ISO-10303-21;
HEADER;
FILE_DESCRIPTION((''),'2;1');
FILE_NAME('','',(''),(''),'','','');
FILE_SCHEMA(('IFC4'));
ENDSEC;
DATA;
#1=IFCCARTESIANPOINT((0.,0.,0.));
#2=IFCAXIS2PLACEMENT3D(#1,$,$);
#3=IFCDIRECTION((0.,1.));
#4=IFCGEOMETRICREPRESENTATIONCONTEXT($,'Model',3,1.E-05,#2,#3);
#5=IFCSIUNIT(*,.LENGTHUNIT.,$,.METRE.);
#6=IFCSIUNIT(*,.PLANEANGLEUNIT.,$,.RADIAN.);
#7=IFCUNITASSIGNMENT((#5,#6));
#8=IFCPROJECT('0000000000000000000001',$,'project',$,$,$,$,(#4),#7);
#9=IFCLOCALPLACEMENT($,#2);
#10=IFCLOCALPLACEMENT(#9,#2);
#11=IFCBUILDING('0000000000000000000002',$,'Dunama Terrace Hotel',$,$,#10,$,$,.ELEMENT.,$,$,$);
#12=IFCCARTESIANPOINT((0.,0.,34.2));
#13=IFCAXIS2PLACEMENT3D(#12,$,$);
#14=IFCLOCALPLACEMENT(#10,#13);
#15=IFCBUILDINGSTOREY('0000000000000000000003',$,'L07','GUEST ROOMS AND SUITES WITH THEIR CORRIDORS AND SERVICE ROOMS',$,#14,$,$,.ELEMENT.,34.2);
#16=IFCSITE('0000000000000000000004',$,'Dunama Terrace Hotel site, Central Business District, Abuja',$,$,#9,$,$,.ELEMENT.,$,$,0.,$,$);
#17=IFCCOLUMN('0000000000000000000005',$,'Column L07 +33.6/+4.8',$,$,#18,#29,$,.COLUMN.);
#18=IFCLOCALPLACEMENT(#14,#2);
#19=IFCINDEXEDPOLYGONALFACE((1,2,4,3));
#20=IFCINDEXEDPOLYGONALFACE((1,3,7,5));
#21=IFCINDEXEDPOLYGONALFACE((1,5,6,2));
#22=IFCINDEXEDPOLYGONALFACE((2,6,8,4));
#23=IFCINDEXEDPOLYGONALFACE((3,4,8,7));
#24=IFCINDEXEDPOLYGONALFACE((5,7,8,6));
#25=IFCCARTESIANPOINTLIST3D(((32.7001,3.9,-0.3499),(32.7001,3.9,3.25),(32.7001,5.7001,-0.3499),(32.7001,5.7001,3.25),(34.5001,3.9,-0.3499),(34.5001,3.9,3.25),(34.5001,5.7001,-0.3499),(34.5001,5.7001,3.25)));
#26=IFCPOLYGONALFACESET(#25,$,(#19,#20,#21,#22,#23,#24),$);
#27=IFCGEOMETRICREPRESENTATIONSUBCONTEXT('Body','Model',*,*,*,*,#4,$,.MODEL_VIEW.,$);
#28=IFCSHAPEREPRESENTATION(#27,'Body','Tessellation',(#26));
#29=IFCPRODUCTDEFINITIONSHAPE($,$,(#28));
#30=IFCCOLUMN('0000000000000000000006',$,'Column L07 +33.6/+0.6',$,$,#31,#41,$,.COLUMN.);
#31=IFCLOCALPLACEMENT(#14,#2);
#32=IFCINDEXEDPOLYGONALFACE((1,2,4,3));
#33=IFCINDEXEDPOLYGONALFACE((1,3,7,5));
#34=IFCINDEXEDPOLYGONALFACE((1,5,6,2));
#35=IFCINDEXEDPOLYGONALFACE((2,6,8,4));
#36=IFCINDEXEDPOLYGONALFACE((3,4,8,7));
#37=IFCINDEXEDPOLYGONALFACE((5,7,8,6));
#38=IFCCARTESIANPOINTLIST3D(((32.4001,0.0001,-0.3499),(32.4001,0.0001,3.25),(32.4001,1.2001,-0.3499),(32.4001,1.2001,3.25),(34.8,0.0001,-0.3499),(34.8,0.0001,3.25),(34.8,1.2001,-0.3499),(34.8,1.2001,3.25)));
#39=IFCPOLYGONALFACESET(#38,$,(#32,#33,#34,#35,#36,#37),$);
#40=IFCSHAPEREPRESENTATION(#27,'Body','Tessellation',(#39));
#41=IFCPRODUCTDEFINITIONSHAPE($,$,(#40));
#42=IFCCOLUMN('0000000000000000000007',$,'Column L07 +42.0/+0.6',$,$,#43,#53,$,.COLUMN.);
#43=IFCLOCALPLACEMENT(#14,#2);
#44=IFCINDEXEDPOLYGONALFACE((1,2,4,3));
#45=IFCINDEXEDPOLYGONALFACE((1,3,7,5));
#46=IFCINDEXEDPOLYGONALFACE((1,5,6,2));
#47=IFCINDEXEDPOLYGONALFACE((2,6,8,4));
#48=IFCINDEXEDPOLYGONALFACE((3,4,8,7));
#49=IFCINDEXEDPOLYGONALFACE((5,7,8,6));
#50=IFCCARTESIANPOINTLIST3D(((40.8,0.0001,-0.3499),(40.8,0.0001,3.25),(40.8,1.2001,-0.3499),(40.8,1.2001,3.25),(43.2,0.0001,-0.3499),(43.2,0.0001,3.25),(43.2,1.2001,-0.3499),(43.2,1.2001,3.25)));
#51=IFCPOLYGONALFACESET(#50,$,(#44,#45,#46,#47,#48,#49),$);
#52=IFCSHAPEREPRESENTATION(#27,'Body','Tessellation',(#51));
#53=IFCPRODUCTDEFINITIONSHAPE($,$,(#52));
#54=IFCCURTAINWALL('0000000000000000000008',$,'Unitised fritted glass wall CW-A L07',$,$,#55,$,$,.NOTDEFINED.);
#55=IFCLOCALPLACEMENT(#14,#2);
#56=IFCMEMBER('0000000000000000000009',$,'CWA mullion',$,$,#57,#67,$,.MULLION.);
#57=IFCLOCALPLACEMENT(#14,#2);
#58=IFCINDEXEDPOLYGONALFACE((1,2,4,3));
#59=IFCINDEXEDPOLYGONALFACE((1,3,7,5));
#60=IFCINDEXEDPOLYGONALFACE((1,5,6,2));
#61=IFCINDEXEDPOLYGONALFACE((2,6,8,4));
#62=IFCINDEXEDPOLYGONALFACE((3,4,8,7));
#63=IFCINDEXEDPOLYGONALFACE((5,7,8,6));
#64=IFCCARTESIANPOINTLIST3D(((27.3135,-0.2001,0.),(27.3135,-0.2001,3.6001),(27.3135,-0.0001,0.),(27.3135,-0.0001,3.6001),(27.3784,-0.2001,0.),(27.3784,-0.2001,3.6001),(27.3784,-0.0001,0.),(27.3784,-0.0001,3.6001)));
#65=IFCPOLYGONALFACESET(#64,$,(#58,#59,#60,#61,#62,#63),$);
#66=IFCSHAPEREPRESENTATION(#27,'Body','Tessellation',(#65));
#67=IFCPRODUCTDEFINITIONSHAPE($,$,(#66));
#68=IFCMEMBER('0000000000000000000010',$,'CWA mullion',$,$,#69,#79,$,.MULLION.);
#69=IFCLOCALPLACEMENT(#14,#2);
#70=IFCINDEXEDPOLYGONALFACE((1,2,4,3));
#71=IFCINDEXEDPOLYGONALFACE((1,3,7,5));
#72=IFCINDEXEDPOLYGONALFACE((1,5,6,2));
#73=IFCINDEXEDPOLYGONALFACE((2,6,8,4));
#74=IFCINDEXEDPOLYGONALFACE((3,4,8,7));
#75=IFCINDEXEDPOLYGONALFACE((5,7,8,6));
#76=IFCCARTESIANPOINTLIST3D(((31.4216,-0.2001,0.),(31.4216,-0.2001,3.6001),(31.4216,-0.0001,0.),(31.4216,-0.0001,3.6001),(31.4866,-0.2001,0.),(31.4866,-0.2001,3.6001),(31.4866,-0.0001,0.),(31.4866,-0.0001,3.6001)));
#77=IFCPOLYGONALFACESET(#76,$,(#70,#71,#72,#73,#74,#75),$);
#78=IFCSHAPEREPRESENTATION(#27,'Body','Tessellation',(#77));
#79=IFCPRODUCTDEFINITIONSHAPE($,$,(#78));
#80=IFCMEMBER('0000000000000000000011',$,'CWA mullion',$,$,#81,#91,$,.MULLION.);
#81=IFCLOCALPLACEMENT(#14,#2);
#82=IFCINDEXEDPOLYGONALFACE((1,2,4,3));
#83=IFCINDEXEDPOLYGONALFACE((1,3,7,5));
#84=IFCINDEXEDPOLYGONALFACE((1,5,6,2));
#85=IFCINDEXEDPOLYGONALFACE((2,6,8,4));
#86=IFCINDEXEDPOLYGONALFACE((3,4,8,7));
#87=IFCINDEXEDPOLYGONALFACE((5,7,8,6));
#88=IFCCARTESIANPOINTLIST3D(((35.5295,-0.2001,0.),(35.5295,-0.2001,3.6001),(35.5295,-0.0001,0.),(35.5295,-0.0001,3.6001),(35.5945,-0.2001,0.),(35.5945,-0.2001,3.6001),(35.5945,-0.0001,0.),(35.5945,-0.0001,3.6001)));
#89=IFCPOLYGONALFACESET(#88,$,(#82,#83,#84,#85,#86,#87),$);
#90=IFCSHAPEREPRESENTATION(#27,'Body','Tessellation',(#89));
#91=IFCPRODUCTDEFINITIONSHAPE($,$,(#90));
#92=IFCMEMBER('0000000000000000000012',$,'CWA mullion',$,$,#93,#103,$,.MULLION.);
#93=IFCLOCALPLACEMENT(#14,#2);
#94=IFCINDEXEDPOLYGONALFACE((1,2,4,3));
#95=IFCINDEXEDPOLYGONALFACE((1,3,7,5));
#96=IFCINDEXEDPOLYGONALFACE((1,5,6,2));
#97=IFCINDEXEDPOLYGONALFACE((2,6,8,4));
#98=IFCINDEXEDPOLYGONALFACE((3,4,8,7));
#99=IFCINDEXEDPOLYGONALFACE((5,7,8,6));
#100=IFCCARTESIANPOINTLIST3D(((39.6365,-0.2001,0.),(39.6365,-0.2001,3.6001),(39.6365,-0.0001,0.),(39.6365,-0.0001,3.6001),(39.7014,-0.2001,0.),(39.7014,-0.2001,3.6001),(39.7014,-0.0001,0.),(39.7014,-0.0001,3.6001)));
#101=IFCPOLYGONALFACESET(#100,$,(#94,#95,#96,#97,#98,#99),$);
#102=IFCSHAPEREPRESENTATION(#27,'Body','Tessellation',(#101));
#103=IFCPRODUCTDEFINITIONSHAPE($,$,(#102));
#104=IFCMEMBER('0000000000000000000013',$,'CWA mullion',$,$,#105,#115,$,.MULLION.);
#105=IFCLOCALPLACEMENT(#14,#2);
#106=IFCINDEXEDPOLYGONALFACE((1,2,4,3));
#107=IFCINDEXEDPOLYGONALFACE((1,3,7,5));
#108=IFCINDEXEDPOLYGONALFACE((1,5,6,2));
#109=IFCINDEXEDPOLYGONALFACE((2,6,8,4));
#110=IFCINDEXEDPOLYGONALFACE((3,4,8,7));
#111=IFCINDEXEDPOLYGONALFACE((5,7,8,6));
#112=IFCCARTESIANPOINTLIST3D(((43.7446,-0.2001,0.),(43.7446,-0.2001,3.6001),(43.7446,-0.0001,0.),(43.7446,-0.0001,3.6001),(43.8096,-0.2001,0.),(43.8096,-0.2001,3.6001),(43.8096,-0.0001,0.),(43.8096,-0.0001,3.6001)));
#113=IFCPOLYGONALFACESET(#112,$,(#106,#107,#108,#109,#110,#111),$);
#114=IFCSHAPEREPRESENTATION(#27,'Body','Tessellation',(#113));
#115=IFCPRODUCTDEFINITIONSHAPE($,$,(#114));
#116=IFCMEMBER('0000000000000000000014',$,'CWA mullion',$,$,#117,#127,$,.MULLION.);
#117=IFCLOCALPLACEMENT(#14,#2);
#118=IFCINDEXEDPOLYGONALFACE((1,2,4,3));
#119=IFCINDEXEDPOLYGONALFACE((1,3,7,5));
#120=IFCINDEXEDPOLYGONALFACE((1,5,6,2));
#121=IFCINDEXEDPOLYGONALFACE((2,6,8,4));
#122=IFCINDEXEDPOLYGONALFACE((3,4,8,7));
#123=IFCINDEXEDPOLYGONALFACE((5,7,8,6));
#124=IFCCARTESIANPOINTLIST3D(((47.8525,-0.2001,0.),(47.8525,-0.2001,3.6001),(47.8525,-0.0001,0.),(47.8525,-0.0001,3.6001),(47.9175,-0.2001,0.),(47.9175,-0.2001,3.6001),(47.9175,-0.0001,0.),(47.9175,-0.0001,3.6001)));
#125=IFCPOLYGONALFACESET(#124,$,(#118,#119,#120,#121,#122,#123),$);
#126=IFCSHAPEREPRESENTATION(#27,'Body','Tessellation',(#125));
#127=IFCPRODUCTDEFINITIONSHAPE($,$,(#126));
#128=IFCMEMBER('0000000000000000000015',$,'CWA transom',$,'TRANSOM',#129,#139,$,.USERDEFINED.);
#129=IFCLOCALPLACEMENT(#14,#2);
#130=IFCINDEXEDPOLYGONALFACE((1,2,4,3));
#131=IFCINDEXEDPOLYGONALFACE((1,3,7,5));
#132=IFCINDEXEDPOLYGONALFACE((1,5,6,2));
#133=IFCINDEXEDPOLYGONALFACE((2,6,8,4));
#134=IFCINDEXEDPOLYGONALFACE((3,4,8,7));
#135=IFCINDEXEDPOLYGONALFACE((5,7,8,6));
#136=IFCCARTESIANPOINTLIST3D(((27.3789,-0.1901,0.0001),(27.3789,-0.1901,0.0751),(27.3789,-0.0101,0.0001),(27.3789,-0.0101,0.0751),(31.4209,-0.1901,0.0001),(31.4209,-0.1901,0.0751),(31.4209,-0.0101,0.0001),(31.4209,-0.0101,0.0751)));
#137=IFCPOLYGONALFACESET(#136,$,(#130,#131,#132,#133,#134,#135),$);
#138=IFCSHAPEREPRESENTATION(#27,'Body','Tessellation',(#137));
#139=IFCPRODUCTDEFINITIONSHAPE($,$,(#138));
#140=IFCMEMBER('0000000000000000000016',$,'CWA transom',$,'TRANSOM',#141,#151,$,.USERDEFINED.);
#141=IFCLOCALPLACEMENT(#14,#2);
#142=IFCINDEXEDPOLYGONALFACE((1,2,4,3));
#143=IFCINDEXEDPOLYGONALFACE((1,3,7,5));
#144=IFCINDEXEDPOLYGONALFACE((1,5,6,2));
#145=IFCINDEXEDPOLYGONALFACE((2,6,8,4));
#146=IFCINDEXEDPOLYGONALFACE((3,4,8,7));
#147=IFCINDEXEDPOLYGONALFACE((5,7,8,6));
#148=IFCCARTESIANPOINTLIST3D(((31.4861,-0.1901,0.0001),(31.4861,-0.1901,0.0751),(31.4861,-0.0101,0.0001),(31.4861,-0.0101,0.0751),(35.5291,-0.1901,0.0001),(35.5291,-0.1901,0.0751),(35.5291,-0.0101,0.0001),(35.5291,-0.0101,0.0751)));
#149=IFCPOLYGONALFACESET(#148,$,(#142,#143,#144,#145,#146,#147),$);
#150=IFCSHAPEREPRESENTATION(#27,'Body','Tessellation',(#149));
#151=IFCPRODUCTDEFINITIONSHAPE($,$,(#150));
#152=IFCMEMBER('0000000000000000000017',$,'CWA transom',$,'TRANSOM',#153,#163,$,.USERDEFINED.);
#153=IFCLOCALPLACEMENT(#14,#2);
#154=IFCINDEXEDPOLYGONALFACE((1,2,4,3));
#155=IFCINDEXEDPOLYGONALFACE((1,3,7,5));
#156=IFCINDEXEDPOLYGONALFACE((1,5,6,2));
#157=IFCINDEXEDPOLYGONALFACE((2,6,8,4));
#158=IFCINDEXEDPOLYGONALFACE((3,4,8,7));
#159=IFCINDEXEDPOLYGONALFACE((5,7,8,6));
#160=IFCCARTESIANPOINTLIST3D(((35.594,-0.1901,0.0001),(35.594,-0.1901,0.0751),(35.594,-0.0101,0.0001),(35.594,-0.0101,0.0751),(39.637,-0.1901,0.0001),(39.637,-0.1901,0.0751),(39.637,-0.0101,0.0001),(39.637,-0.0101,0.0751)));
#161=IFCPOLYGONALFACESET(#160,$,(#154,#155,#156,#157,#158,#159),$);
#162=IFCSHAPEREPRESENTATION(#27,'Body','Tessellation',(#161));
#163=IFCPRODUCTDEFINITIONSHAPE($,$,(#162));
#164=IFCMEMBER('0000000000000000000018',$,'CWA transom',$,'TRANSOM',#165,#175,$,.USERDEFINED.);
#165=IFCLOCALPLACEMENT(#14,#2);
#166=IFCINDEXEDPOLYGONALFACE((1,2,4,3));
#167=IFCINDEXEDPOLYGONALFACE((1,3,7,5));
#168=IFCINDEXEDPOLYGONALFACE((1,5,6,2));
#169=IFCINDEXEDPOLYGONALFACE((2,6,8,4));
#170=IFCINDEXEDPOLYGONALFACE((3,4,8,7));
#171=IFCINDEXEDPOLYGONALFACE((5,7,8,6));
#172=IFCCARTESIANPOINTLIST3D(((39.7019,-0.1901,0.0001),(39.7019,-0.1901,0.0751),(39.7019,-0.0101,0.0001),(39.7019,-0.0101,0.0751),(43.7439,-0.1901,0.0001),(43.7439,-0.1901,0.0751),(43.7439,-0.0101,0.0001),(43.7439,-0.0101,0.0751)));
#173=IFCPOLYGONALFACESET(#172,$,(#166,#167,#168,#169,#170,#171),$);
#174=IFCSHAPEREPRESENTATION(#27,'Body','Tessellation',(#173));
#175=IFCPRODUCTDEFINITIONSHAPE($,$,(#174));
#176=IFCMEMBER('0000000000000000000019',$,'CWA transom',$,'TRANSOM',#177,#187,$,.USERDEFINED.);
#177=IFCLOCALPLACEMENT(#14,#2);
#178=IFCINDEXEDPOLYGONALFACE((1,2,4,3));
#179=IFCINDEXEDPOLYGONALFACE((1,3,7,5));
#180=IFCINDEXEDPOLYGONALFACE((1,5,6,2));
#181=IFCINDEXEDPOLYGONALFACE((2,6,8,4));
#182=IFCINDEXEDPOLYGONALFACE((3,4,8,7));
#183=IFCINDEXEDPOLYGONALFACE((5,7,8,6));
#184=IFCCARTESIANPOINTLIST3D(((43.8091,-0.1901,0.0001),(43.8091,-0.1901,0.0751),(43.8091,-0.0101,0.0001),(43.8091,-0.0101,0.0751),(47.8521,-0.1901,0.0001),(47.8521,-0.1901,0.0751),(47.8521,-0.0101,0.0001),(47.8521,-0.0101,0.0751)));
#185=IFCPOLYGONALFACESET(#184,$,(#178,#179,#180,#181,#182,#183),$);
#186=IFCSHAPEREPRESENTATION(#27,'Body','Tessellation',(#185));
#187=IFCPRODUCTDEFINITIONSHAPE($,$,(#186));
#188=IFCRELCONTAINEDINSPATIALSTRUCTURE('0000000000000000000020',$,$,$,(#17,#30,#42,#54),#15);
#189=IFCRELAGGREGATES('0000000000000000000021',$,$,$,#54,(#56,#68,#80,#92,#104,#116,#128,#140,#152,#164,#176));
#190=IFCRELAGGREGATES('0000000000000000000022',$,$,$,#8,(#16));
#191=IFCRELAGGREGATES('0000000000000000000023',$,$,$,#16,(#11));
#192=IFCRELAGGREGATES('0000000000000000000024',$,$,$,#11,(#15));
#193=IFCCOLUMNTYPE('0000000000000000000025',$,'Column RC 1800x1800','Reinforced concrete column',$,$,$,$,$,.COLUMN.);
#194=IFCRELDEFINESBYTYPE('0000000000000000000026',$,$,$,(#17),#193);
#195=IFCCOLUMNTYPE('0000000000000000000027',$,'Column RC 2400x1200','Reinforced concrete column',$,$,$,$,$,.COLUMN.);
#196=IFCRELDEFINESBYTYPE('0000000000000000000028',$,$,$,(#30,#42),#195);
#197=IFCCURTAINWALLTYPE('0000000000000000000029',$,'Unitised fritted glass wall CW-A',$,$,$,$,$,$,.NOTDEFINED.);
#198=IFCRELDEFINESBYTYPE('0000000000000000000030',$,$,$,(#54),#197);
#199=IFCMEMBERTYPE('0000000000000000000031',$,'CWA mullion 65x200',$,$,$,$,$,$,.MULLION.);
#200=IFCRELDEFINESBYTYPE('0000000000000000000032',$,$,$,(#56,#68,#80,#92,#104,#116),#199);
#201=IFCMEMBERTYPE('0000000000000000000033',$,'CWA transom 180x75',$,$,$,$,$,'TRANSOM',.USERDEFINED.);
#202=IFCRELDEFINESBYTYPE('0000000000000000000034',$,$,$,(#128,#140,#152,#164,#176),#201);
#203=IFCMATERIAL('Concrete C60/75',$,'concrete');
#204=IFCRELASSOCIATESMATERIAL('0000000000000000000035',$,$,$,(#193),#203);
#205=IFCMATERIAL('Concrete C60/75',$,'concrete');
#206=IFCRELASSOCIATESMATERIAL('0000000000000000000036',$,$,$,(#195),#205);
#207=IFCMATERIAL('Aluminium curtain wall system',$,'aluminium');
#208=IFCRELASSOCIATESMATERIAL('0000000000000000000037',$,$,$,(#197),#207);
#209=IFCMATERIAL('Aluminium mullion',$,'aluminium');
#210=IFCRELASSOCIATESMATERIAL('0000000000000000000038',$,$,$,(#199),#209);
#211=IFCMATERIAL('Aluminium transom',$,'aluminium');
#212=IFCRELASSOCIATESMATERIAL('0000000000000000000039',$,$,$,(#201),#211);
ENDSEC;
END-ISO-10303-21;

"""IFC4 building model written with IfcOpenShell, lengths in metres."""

from ifc_helpers import new_model, si_unit, direction, frame, origin, origin_2d, place, context, subcontext, project, spatial, rectangle, extrude, material, material_profile, profile_set, type_object, element, aggregate, save


model = new_model("IFC4")

# Units and contexts
model_context = context("Model", 3, precision=1e-05, world=origin(), true_north=direction((0.0, 1.0)))
body_context = subcontext(model_context, "Body", "Model", "MODEL_VIEW")
ifc_project = project(units=[si_unit("LENGTHUNIT", "METRE"), si_unit("PLANEANGLEUNIT", "RADIAN")], contexts=[model_context])

# Site, building, storey
site_placement = place(None, origin())
site = spatial("IfcSite", under=ifc_project, at=site_placement, Name="Dunama Terrace Hotel site, Central Business District, Abuja", CompositionType="ELEMENT", RefElevation=0.0)
building_placement = place(site_placement, origin())
building = spatial("IfcBuilding", under=site, at=building_placement, Name="Dunama Terrace Hotel", CompositionType="ELEMENT")
storey_placement = place(building_placement, frame((0.0, 0.0, 34.2)))
storey = spatial("IfcBuildingStorey", under=building, at=storey_placement, Name="L07", Description="GUEST ROOMS AND SUITES WITH THEIR CORRIDORS AND SERVICE ROOMS", CompositionType="ELEMENT", Elevation=34.2)

# Columns
ifc_material_1 = material(Name="Concrete C60/75", Category="concrete")
ifc_material_profile_1 = material_profile(ifc_material_1, rectangle(XDim=1.8, YDim=1.8, at=origin_2d()), Name="RC 1800x1800")
ifc_profile_set_1 = profile_set([ifc_material_profile_1], Name="Concrete C60/75")
column_type_1 = type_object("IfcColumnType", Name="Column RC 1800x1800", Description="Reinforced concrete column", PredefinedType="COLUMN", material=ifc_profile_set_1)
column_placement = place(storey_placement, frame((33.6001, 4.8, -0.3499), z_axis=(0.0, 0.0, 1.0), x_axis=(1.0, 0.0, 0.0)))
element("IfcColumn", 1, at=column_placement, inside=storey, type_object=column_type_1, Name="Column L07 +33.6/+4.8", PredefinedType="COLUMN", context=body_context, shape_type="SweptSolid", body=[
    extrude(rectangle(XDim=1.8, YDim=1.8, at=origin_2d()), origin(), (0.0, 0.0, 1.0), 3.5999),
])
ifc_material_2 = material(Name="Concrete C60/75", Category="concrete")
ifc_material_profile_2 = material_profile(ifc_material_2, rectangle(XDim=2.3999, YDim=1.2, at=origin_2d()), Name="RC 2400x1200")
ifc_profile_set_2 = profile_set([ifc_material_profile_2], Name="Concrete C60/75")
column_type_2 = type_object("IfcColumnType", Name="Column RC 2400x1200", Description="Reinforced concrete column", PredefinedType="COLUMN", material=ifc_profile_set_2)
for number, where, z_axis, x_axis, name in (
    (2, (33.6001, 0.6001, -0.3499), (0.0, 0.0, 1.0), (1.0, 0.0, 0.0), "Column L07 +33.6/+0.6"),
    (3, (42.0, 0.6001, -0.3499), (0.0, 0.0, 1.0), (1.0, 0.0, 0.0), "Column L07 +42.0/+0.6"),
):
    element("IfcColumn", number, at=place(storey_placement, frame(where, z_axis=z_axis, x_axis=x_axis)), inside=storey, type_object=column_type_2, Name=name, PredefinedType="COLUMN", context=body_context, shape_type="SweptSolid", body=[
        extrude(rectangle(XDim=2.3999, YDim=1.2, at=origin_2d()), origin(), (0.0, 0.0, 1.0), 3.5999),
    ])

# Curtain wall, members
ifc_material_3 = material(Name="Aluminium curtain wall system", Category="aluminium")
curtain_wall_type = type_object("IfcCurtainWallType", Name="Unitised fritted glass wall CW-A", PredefinedType="NOTDEFINED", material=ifc_material_3)
curtain_wall_placement = place(storey_placement, origin())
curtain_wall = element("IfcCurtainWall", 4, at=curtain_wall_placement, inside=storey, type_object=curtain_wall_type, Name="Unitised fritted glass wall CW-A L07", PredefinedType="NOTDEFINED")
ifc_material_4 = material(Name="Aluminium mullion", Category="aluminium")
ifc_material_profile_3 = material_profile(ifc_material_4, rectangle(XDim=0.0649, YDim=0.2, at=origin_2d()), Name="CWA MULLION 65X200")
ifc_profile_set_3 = profile_set([ifc_material_profile_3], Name="Aluminium mullion")
member_type_1 = type_object("IfcMemberType", Name="CWA mullion 65x200", PredefinedType="MULLION", material=ifc_profile_set_3)
member_1_placement = place(storey_placement, frame((27.3459, -0.1001, 0.0), z_axis=(0.0, 0.0, 1.0), x_axis=(1.0, 0.0, 0.0)))
member_1 = element("IfcMember", 5, at=member_1_placement, type_object=member_type_1, Name="CWA mullion", PredefinedType="MULLION", context=body_context, shape_type="SweptSolid", body=[
    extrude(rectangle(XDim=0.0649, YDim=0.2, at=origin_2d()), origin(), (0.0, 0.0, 1.0), 3.6001),
])
member_2_placement = place(storey_placement, frame((31.4541, -0.1001, 0.0), z_axis=(0.0, 0.0, 1.0), x_axis=(1.0, 0.0, 0.0)))
member_2 = element("IfcMember", 6, at=member_2_placement, type_object=member_type_1, Name="CWA mullion", PredefinedType="MULLION", context=body_context, shape_type="SweptSolid", body=[
    extrude(rectangle(XDim=0.0649, YDim=0.2, at=origin_2d()), origin(), (0.0, 0.0, 1.0), 3.6001),
])
member_3_placement = place(storey_placement, frame((35.562, -0.1001, 0.0), z_axis=(0.0, 0.0, 1.0), x_axis=(1.0, 0.0, 0.0)))
member_3 = element("IfcMember", 7, at=member_3_placement, type_object=member_type_1, Name="CWA mullion", PredefinedType="MULLION", context=body_context, shape_type="SweptSolid", body=[
    extrude(rectangle(XDim=0.0649, YDim=0.2, at=origin_2d()), origin(), (0.0, 0.0, 1.0), 3.6001),
])
member_4_placement = place(storey_placement, frame((39.6689, -0.1001, 0.0), z_axis=(0.0, 0.0, 1.0), x_axis=(1.0, 0.0, 0.0)))
member_4 = element("IfcMember", 8, at=member_4_placement, type_object=member_type_1, Name="CWA mullion", PredefinedType="MULLION", context=body_context, shape_type="SweptSolid", body=[
    extrude(rectangle(XDim=0.0649, YDim=0.2, at=origin_2d()), origin(), (0.0, 0.0, 1.0), 3.6001),
])
member_5_placement = place(storey_placement, frame((43.7771, -0.1001, 0.0), z_axis=(0.0, 0.0, 1.0), x_axis=(1.0, 0.0, 0.0)))
member_5 = element("IfcMember", 9, at=member_5_placement, type_object=member_type_1, Name="CWA mullion", PredefinedType="MULLION", context=body_context, shape_type="SweptSolid", body=[
    extrude(rectangle(XDim=0.0649, YDim=0.2, at=origin_2d()), origin(), (0.0, 0.0, 1.0), 3.6001),
])
member_6_placement = place(storey_placement, frame((47.885, -0.1001, 0.0), z_axis=(0.0, 0.0, 1.0), x_axis=(1.0, 0.0, 0.0)))
member_6 = element("IfcMember", 10, at=member_6_placement, type_object=member_type_1, Name="CWA mullion", PredefinedType="MULLION", context=body_context, shape_type="SweptSolid", body=[
    extrude(rectangle(XDim=0.0649, YDim=0.2, at=origin_2d()), origin(), (0.0, 0.0, 1.0), 3.6001),
])
ifc_material_5 = material(Name="Aluminium transom", Category="aluminium")
ifc_material_profile_4 = material_profile(ifc_material_5, rectangle(XDim=0.1799, YDim=0.075, at=origin_2d()), Name="CWA TRANSOM 180X75")
ifc_profile_set_4 = profile_set([ifc_material_profile_4], Name="Aluminium transom")
member_type_2 = type_object("IfcMemberType", Name="CWA transom 180x75", ElementType="TRANSOM", PredefinedType="USERDEFINED", material=ifc_profile_set_4)
member_7_placement = place(storey_placement, frame((27.3789, -0.1001, 0.0376), z_axis=(1.0, 0.0, 0.0), x_axis=(0.0, 1.0, 0.0)))
member_7 = element("IfcMember", 11, at=member_7_placement, type_object=member_type_2, Name="CWA transom", ObjectType="TRANSOM", PredefinedType="USERDEFINED", context=body_context, shape_type="SweptSolid", body=[
    extrude(rectangle(XDim=0.1799, YDim=0.075, at=origin_2d()), origin(), (0.0, 0.0, 1.0), 4.042),
])
member_8_placement = place(storey_placement, frame((31.4861, -0.1001, 0.0376), z_axis=(1.0, 0.0, 0.0), x_axis=(0.0, 1.0, 0.0)))
member_8 = element("IfcMember", 12, at=member_8_placement, type_object=member_type_2, Name="CWA transom", ObjectType="TRANSOM", PredefinedType="USERDEFINED", context=body_context, shape_type="SweptSolid", body=[
    extrude(rectangle(XDim=0.1799, YDim=0.075, at=origin_2d()), origin(), (0.0, 0.0, 1.0), 4.043),
])
member_9_placement = place(storey_placement, frame((35.594, -0.1001, 0.0376), z_axis=(1.0, 0.0, 0.0), x_axis=(0.0, 1.0, 0.0)))
member_9 = element("IfcMember", 13, at=member_9_placement, type_object=member_type_2, Name="CWA transom", ObjectType="TRANSOM", PredefinedType="USERDEFINED", context=body_context, shape_type="SweptSolid", body=[
    extrude(rectangle(XDim=0.1799, YDim=0.075, at=origin_2d()), origin(), (0.0, 0.0, 1.0), 4.043),
])
member_10_placement = place(storey_placement, frame((39.7019, -0.1001, 0.0376), z_axis=(1.0, 0.0, 0.0), x_axis=(0.0, 1.0, 0.0)))
member_10 = element("IfcMember", 14, at=member_10_placement, type_object=member_type_2, Name="CWA transom", ObjectType="TRANSOM", PredefinedType="USERDEFINED", context=body_context, shape_type="SweptSolid", body=[
    extrude(rectangle(XDim=0.1799, YDim=0.075, at=origin_2d()), origin(), (0.0, 0.0, 1.0), 4.042),
])
member_11_placement = place(storey_placement, frame((43.8091, -0.1001, 0.0376), z_axis=(1.0, 0.0, 0.0), x_axis=(0.0, 1.0, 0.0)))
member_11 = element("IfcMember", 15, at=member_11_placement, type_object=member_type_2, Name="CWA transom", ObjectType="TRANSOM", PredefinedType="USERDEFINED", context=body_context, shape_type="SweptSolid", body=[
    extrude(rectangle(XDim=0.1799, YDim=0.075, at=origin_2d()), origin(), (0.0, 0.0, 1.0), 4.043),
])

aggregate(curtain_wall, [member_1, member_2, member_3, member_4, member_5, member_6, member_7, member_8, member_9, member_10, member_11])

save(model, "model.ifc")
